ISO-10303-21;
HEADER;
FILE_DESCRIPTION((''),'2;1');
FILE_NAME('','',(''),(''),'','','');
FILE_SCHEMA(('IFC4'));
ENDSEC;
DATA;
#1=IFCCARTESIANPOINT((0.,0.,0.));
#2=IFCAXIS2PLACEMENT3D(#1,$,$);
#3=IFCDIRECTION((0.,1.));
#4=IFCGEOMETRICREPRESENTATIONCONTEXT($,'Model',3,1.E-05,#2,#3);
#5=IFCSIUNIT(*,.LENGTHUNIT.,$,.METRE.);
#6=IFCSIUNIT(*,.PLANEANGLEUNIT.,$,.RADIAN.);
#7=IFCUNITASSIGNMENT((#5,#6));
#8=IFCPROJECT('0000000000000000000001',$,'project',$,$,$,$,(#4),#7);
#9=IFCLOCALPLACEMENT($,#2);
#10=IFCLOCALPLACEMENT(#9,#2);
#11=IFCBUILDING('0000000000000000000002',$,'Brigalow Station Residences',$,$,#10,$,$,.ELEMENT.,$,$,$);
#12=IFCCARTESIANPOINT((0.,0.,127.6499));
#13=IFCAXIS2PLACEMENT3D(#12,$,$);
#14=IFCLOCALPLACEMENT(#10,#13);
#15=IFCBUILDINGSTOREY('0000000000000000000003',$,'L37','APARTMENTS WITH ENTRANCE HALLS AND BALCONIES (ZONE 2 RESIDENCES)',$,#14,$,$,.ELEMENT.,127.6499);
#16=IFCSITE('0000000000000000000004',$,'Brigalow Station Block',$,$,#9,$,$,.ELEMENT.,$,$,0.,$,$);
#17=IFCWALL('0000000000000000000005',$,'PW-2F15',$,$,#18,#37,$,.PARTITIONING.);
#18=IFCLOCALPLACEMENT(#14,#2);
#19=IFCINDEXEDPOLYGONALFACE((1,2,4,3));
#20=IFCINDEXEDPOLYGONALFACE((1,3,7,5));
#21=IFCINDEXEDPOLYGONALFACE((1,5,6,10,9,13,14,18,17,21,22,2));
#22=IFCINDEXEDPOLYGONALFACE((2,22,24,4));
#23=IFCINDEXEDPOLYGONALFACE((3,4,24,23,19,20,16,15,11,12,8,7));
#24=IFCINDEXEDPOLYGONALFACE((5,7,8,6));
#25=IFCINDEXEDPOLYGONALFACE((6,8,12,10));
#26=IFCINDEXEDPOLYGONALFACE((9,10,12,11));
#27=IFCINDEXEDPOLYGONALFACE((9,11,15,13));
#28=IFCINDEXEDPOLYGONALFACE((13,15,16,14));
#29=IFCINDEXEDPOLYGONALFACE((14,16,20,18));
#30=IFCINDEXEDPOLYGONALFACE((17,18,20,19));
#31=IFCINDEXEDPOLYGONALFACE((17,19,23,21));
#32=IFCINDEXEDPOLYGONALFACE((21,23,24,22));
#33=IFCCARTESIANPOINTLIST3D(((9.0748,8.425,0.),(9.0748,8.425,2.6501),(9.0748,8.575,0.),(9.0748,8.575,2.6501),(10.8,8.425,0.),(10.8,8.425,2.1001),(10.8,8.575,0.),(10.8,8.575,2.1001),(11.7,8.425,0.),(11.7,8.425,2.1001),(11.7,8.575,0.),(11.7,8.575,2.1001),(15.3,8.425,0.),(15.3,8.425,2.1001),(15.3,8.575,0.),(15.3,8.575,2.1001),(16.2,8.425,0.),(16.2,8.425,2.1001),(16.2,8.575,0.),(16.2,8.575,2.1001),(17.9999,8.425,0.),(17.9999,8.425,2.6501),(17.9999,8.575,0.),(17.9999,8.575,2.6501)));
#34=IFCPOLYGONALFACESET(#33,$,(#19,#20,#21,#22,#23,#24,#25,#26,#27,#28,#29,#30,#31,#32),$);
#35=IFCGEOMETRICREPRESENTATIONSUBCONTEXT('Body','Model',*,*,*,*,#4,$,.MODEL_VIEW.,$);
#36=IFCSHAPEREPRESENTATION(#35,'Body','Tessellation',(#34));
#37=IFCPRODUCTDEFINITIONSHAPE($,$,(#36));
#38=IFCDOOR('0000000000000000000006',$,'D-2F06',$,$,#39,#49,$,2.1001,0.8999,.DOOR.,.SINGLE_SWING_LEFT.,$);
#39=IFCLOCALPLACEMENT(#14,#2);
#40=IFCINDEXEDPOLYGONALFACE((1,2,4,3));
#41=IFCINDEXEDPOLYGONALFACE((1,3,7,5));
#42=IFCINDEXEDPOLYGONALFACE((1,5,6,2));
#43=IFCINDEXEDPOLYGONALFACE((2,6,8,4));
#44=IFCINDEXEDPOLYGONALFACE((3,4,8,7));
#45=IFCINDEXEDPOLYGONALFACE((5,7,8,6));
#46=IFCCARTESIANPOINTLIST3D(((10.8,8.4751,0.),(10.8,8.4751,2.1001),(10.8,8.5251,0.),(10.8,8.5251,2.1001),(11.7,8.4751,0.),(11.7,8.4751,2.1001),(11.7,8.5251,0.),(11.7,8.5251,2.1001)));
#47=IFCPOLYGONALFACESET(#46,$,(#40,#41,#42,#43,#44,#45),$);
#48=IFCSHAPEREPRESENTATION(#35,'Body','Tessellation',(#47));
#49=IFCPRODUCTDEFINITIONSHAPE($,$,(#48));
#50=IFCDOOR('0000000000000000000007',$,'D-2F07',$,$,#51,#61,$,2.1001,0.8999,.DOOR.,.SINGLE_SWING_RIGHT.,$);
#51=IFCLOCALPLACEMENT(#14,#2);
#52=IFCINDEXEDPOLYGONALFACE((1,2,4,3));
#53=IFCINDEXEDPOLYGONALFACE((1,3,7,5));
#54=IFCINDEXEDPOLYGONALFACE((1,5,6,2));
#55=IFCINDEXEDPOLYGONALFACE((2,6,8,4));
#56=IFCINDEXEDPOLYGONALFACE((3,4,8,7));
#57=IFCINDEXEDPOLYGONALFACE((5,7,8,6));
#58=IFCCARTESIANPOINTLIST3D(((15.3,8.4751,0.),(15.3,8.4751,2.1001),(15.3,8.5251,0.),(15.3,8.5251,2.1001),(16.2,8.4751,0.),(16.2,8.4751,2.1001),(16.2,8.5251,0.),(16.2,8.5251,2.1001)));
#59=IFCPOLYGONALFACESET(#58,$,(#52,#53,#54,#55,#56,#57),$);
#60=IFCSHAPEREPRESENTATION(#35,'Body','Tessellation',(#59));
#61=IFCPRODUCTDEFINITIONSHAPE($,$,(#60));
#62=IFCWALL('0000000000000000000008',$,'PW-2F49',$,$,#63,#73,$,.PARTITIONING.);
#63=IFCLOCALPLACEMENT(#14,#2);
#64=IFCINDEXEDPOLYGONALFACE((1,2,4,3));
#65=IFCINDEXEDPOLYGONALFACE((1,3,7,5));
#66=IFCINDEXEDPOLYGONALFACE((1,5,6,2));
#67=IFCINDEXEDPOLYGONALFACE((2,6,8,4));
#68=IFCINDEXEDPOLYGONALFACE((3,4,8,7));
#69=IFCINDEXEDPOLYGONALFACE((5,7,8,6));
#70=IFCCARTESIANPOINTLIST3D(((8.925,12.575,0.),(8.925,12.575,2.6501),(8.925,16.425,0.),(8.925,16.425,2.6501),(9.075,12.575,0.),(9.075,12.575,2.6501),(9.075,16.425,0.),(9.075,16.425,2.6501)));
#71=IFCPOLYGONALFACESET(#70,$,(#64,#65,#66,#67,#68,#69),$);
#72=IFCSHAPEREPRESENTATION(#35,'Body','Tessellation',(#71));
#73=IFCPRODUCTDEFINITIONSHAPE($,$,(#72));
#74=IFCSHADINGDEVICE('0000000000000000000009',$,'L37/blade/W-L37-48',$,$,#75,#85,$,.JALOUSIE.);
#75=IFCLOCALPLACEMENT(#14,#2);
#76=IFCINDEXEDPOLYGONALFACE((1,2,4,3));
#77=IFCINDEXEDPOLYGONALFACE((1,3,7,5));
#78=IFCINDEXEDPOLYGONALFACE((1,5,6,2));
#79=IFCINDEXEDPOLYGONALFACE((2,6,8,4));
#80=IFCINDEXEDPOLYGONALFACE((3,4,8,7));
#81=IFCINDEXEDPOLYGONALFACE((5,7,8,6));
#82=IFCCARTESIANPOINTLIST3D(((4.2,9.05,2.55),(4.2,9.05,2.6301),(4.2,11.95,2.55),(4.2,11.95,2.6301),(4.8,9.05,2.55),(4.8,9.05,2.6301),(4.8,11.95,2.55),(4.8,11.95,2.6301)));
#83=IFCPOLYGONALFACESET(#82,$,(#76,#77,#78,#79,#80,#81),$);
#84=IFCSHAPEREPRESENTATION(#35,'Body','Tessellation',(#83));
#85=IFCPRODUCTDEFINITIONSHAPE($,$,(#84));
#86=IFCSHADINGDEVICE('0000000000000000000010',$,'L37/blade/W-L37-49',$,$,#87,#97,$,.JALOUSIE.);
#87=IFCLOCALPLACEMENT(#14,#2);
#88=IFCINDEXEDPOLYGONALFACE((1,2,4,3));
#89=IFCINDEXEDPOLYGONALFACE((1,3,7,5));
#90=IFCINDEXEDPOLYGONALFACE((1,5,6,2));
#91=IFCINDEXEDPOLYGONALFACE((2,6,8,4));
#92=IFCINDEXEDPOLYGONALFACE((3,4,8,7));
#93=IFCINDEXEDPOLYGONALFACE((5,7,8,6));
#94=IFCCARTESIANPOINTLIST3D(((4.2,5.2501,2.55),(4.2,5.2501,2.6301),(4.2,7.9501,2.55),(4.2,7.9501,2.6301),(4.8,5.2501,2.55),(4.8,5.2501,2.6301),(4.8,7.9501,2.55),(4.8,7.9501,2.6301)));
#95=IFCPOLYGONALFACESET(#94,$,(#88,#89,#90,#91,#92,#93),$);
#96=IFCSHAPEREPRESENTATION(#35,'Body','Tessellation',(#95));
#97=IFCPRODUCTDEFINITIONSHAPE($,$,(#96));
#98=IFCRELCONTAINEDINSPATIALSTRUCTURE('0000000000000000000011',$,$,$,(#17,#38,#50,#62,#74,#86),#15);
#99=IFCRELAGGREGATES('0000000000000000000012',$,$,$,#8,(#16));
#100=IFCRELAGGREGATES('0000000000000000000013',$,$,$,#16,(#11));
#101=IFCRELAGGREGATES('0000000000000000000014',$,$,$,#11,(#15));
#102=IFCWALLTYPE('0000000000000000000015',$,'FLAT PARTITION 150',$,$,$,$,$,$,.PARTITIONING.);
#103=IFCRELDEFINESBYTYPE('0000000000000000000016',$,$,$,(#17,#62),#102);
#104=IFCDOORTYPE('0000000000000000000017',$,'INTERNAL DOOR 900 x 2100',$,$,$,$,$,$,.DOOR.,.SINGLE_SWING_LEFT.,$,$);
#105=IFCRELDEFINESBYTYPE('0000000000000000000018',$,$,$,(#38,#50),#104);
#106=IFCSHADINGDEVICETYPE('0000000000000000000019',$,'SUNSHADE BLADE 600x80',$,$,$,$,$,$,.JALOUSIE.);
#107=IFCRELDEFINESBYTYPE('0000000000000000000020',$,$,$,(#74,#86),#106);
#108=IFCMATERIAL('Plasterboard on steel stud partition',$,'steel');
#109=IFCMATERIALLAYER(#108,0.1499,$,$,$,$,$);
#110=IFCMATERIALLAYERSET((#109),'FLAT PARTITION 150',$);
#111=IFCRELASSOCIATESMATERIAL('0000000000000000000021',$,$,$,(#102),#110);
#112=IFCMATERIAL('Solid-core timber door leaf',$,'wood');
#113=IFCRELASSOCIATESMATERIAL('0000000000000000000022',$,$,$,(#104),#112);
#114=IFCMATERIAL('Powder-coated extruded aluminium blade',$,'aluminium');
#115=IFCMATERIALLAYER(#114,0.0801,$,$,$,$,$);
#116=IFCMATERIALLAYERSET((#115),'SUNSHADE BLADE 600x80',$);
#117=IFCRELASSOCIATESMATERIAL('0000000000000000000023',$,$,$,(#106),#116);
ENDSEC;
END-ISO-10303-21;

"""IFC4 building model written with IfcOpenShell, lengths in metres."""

from ifc_helpers import new_model, si_unit, direction, frame, frame_2d, origin, origin_2d, place, context, subcontext, project, spatial, rectangle, extrude, material, layer, layer_set, type_object, element, fill, save


model = new_model("IFC4")

# Units and contexts
model_context = context("Model", 3, precision=1e-05, world=origin(), true_north=direction((0.0, 1.0)))
body_context = subcontext(model_context, "Body", "Model", "MODEL_VIEW")
ifc_project = project(units=[si_unit("LENGTHUNIT", "METRE"), si_unit("PLANEANGLEUNIT", "RADIAN")], contexts=[model_context])

# Site, building, storey
site_placement = place(None, origin())
site = spatial("IfcSite", under=ifc_project, at=site_placement, Name="Brigalow Station Block", CompositionType="ELEMENT", RefElevation=0.0)
building_placement = place(site_placement, origin())
building = spatial("IfcBuilding", under=site, at=building_placement, Name="Brigalow Station Residences", CompositionType="ELEMENT")
storey_placement = place(building_placement, frame((0.0, 0.0, 127.6499)))
storey = spatial("IfcBuildingStorey", under=building, at=storey_placement, Name="L37", Description="APARTMENTS WITH ENTRANCE HALLS AND BALCONIES (ZONE 2 RESIDENCES)", CompositionType="ELEMENT", Elevation=127.6499)

# Shared definitions
ifc_material_1 = material(Name="Plasterboard on steel stud partition", Category="steel")
ifc_layer_1 = layer(ifc_material_1, 0.1499)
ifc_layer_set_1 = layer_set([ifc_layer_1], Name="FLAT PARTITION 150")
wall_type_1 = type_object("IfcWallType", Name="FLAT PARTITION 150", PredefinedType="PARTITIONING", material=ifc_layer_set_1)
ifc_material_2 = material(Name="Solid-core timber door leaf", Category="wood")
door_type = type_object("IfcDoorType", Name="INTERNAL DOOR 900 x 2100", OperationType="SINGLE_SWING_LEFT", PredefinedType="DOOR", material=ifc_material_2)

# Wall, openings, doors
wall_1_placement = place(storey_placement, frame((9.075, 8.5, 0.0), z_axis=(0.0, 0.0, 1.0), x_axis=(1.0, 0.0, 0.0)))
wall_1 = element("IfcWall", 1, at=wall_1_placement, inside=storey, type_object=wall_type_1, Name="PW-2F15", PredefinedType="PARTITIONING", context=body_context, shape_type="SweptSolid", body=[
    extrude(rectangle(XDim=8.925, YDim=0.1499, at=frame_2d((4.4624, 0.0))), origin(), (0.0, 0.0, 1.0), 2.6501),
])
opening_1_placement = place(wall_1_placement, frame((1.7251, 0.0, 0.0)))
opening_1 = element("IfcOpeningElement", 2, at=opening_1_placement, cuts=wall_1, PredefinedType="OPENING", context=body_context, shape_type="SweptSolid", body=[
    extrude(rectangle(XDim=0.8999, YDim=2.1001, at=frame_2d((0.45, 1.05))), frame((0.0, 0.085, 0.0), z_axis=(0.0, -1.0, 0.0), x_axis=(1.0, 0.0, 0.0)), (0.0, 0.0, 1.0), 0.1699),
])
opening_2_placement = place(wall_1_placement, frame((6.2251, 0.0, 0.0)))
opening_2 = element("IfcOpeningElement", 3, at=opening_2_placement, cuts=wall_1, PredefinedType="OPENING", context=body_context, shape_type="SweptSolid", body=[
    extrude(rectangle(XDim=0.8999, YDim=2.1001, at=frame_2d((0.45, 1.05))), frame((0.0, 0.085, 0.0), z_axis=(0.0, -1.0, 0.0), x_axis=(1.0, 0.0, 0.0)), (0.0, 0.0, 1.0), 0.1699),
])
door_1_placement = place(opening_1_placement, frame((0.8999, 0.0, 0.0), z_axis=(0.0, 0.0, 1.0), x_axis=(-1.0, 0.0, 0.0)))
door_1 = element("IfcDoor", 4, at=door_1_placement, inside=storey, type_object=door_type, Name="D-2F06", OperationType="SINGLE_SWING_LEFT", OverallHeight=2.1001, OverallWidth=0.8999, PredefinedType="DOOR", context=body_context, shape_type="SweptSolid", body=[
    extrude(rectangle(XDim=0.8999, YDim=2.1001, at=frame_2d((0.45, 1.05))), frame((0.0, 0.0249, 0.0), z_axis=(0.0, -1.0, 0.0), x_axis=(1.0, 0.0, 0.0)), (0.0, 0.0, 1.0), 0.05),
])
fill(opening_1, door_1)
door_2_placement = place(opening_2_placement, frame((0.8999, 0.0, 0.0), z_axis=(0.0, 0.0, 1.0), x_axis=(-1.0, 0.0, 0.0)))
door_2 = element("IfcDoor", 5, at=door_2_placement, inside=storey, type_object=door_type, Name="D-2F07", OperationType="SINGLE_SWING_RIGHT", OverallHeight=2.1001, OverallWidth=0.8999, PredefinedType="DOOR", context=body_context, shape_type="SweptSolid", body=[
    extrude(rectangle(XDim=0.8999, YDim=2.1001, at=frame_2d((0.45, 1.05))), frame((0.0, 0.0249, 0.0), z_axis=(0.0, -1.0, 0.0), x_axis=(1.0, 0.0, 0.0)), (0.0, 0.0, 1.0), 0.05),
])
fill(opening_2, door_2)

# Wall
wall_2_placement = place(storey_placement, frame((9.0, 12.575, 0.0), z_axis=(0.0, 0.0, 1.0), x_axis=(0.0, 1.0, 0.0)))
element("IfcWall", 6, at=wall_2_placement, inside=storey, type_object=wall_type_1, Name="PW-2F49", PredefinedType="PARTITIONING", context=body_context, shape_type="SweptSolid", body=[
    extrude(rectangle(XDim=3.8501, YDim=0.1499, at=frame_2d((1.925, 0.0))), origin(), (0.0, 0.0, 1.0), 2.6501),
])

# Shading devices
ifc_material_3 = material(Name="Powder-coated extruded aluminium blade", Category="aluminium")
ifc_layer_2 = layer(ifc_material_3, 0.0801)
ifc_layer_set_2 = layer_set([ifc_layer_2], Name="SUNSHADE BLADE 600x80")
shading_device_type = type_object("IfcShadingDeviceType", Name="SUNSHADE BLADE 600x80", PredefinedType="JALOUSIE", material=ifc_layer_set_2)
shading_device_1_placement = place(storey_placement, frame((4.5, 10.5, 2.55), z_axis=(0.0, 0.0, 1.0), x_axis=(0.0, -1.0, 0.0)))
element("IfcShadingDevice", 7, at=shading_device_1_placement, inside=storey, type_object=shading_device_type, Name="L37/blade/W-L37-48", PredefinedType="JALOUSIE", context=body_context, shape_type="SweptSolid", body=[
    extrude(rectangle(XDim=2.8999, YDim=0.6001, at=origin_2d()), origin(), (0.0, 0.0, 1.0), 0.0801),
])
shading_device_2_placement = place(storey_placement, frame((4.5, 6.6001, 2.55), z_axis=(0.0, 0.0, 1.0), x_axis=(0.0, -1.0, 0.0)))
element("IfcShadingDevice", 8, at=shading_device_2_placement, inside=storey, type_object=shading_device_type, Name="L37/blade/W-L37-49", PredefinedType="JALOUSIE", context=body_context, shape_type="SweptSolid", body=[
    extrude(rectangle(XDim=2.7, YDim=0.6001, at=origin_2d()), origin(), (0.0, 0.0, 1.0), 0.0801),
])

save(model, "model.ifc")
